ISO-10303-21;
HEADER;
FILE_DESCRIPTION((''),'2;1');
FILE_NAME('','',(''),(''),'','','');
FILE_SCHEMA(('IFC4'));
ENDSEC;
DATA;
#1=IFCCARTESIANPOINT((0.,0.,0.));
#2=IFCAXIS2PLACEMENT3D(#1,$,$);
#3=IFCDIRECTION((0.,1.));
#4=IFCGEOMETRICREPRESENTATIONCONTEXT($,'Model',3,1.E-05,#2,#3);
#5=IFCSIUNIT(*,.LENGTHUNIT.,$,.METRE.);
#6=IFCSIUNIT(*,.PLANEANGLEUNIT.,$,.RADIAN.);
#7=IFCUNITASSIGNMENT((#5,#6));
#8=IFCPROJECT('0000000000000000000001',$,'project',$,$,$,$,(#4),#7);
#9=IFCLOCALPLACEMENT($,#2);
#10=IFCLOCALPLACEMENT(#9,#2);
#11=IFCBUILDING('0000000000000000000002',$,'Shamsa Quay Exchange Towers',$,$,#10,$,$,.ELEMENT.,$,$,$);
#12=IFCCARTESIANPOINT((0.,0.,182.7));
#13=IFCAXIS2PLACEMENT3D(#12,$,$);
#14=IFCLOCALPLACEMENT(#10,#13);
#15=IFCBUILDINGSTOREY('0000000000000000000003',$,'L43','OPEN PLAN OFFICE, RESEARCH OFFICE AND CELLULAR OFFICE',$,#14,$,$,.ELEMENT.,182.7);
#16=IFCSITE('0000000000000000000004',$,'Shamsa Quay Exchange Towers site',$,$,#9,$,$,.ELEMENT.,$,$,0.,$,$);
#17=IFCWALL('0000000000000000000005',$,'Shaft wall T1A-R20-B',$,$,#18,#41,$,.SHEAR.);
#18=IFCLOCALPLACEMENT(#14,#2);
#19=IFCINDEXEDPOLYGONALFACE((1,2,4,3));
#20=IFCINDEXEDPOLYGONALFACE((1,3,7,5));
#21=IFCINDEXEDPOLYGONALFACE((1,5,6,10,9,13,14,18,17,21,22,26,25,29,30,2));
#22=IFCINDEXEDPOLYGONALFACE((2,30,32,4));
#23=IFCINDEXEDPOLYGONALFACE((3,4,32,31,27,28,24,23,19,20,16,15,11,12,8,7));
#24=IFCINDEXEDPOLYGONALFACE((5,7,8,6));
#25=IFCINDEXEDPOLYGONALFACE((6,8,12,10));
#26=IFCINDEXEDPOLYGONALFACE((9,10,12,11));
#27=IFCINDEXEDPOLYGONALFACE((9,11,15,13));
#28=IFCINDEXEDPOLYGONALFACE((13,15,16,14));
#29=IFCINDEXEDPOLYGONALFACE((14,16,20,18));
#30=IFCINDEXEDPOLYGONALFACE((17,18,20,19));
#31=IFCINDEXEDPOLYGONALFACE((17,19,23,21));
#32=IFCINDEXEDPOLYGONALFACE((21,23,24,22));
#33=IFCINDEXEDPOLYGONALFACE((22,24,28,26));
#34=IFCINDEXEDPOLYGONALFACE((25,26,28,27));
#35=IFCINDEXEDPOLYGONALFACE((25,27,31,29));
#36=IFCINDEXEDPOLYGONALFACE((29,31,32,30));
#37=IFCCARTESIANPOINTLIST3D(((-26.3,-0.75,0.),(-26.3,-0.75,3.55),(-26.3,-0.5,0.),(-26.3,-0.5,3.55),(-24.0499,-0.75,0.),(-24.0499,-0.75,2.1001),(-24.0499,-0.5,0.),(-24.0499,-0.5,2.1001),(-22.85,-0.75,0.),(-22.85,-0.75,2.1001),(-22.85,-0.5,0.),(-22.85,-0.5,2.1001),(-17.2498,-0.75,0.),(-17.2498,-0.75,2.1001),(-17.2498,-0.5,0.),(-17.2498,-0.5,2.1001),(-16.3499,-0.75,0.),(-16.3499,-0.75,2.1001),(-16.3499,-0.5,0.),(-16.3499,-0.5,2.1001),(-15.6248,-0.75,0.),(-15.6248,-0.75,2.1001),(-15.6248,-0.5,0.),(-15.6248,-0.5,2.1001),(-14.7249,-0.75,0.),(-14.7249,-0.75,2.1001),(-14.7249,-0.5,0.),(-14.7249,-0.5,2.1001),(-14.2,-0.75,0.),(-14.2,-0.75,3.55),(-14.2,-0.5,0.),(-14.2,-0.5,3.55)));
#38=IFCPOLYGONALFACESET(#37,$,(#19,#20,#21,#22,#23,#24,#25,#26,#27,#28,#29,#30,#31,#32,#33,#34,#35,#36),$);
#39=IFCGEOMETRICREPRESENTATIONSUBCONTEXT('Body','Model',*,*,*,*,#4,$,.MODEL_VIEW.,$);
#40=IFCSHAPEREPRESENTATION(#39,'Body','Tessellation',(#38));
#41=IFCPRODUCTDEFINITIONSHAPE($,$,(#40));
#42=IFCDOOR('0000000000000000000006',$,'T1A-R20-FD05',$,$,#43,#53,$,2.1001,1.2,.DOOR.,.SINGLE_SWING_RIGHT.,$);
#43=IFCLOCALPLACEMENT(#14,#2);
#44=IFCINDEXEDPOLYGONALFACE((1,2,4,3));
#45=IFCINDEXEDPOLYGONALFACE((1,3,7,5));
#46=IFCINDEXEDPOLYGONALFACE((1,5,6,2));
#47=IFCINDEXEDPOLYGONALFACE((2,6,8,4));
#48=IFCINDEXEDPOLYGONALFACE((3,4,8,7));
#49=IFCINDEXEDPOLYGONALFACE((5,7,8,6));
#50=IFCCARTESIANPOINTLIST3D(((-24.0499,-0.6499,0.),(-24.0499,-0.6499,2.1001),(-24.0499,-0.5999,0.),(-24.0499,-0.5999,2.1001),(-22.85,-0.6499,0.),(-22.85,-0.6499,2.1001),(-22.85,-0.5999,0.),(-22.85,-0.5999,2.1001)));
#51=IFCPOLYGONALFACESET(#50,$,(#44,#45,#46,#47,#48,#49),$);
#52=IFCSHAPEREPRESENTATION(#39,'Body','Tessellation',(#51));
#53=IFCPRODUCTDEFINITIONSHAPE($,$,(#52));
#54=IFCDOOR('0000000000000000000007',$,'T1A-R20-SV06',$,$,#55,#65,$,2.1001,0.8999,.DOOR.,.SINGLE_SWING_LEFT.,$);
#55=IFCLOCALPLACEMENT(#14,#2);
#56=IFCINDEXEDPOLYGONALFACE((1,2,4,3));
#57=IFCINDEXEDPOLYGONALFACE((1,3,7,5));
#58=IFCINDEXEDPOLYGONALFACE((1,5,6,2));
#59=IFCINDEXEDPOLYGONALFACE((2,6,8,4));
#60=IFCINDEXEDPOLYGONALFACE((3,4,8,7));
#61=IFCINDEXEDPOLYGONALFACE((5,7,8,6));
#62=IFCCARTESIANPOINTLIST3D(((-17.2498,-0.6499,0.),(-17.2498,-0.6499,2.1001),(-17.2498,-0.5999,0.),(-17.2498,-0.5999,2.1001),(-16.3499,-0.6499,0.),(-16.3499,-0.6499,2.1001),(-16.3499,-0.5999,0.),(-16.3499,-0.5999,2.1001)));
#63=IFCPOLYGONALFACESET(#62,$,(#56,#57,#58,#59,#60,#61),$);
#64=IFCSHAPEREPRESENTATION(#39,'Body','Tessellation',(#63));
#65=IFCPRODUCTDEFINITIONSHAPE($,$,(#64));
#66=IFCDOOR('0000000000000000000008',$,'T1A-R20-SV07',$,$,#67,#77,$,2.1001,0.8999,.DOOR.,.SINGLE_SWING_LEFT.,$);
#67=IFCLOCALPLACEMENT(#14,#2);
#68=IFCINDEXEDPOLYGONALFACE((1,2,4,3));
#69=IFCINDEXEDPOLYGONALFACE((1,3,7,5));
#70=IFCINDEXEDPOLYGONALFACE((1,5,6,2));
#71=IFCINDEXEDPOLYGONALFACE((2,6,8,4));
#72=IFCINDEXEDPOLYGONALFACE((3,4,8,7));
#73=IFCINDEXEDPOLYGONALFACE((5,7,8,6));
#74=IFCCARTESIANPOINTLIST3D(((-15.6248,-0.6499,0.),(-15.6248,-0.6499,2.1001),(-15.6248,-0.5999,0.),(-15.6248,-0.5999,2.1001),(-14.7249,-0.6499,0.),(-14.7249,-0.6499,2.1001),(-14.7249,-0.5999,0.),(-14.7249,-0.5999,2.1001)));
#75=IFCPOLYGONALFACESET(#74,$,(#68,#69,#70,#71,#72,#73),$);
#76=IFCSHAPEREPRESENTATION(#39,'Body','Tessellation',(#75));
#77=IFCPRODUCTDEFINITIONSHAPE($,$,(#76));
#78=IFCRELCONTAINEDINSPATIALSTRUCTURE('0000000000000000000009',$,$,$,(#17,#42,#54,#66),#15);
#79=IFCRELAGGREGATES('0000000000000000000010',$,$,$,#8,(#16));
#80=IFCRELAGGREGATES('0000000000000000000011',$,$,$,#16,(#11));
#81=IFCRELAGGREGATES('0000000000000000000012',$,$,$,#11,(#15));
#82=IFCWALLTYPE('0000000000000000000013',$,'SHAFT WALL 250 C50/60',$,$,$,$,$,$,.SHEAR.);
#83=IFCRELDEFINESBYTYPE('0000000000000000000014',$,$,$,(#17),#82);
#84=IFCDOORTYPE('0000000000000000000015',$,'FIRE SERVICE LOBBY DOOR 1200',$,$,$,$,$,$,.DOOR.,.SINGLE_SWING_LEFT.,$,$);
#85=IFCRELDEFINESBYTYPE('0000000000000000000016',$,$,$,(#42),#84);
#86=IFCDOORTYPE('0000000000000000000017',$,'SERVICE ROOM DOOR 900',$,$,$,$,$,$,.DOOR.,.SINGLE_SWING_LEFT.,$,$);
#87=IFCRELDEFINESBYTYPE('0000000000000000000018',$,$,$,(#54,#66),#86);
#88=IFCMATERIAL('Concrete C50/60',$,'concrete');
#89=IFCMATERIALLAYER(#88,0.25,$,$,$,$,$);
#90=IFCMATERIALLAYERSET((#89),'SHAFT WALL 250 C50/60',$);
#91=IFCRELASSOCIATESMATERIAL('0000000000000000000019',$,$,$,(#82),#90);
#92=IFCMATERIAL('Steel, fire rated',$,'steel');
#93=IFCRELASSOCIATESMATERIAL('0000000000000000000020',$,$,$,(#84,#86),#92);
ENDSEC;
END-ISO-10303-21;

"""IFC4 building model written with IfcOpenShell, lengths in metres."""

from ifc_helpers import new_model, si_unit, direction, frame, frame_2d, origin, place, context, subcontext, project, spatial, rectangle, extrude, material, layer, layer_set, type_object, element, fill, save


model = new_model("IFC4")

# Units and contexts
model_context = context("Model", 3, precision=1e-05, world=origin(), true_north=direction((0.0, 1.0)))
body_context = subcontext(model_context, "Body", "Model", "MODEL_VIEW")
ifc_project = project(units=[si_unit("LENGTHUNIT", "METRE"), si_unit("PLANEANGLEUNIT", "RADIAN")], contexts=[model_context])

# Site, building, storey
site_placement = place(None, origin())
site = spatial("IfcSite", under=ifc_project, at=site_placement, Name="Shamsa Quay Exchange Towers site", CompositionType="ELEMENT", RefElevation=0.0)
building_placement = place(site_placement, origin())
building = spatial("IfcBuilding", under=site, at=building_placement, Name="Shamsa Quay Exchange Towers", CompositionType="ELEMENT")
storey_placement = place(building_placement, frame((0.0, 0.0, 182.7)))
storey = spatial("IfcBuildingStorey", under=building, at=storey_placement, Name="L43", Description="OPEN PLAN OFFICE, RESEARCH OFFICE AND CELLULAR OFFICE", CompositionType="ELEMENT", Elevation=182.7)

# Shared definitions
ifc_material_1 = material(Name="Concrete C50/60", Category="concrete")
ifc_layer_1 = layer(ifc_material_1, 0.25)
ifc_layer_set_1 = layer_set([ifc_layer_1], Name="SHAFT WALL 250 C50/60")
wall_type_1 = type_object("IfcWallType", Name="SHAFT WALL 250 C50/60", PredefinedType="SHEAR", material=ifc_layer_set_1)
ifc_material_2 = material(Name="Steel, fire rated", Category="steel")

# Wall, openings, doors
wall_1_placement = place(storey_placement, frame((-14.2, -0.625, 0.0), z_axis=(0.0, 0.0, 1.0), x_axis=(-1.0, 0.0, 0.0)))
wall_1 = element("IfcWall", 1, at=wall_1_placement, inside=storey, type_object=wall_type_1, Name="Shaft wall T1A-R20-B", PredefinedType="SHEAR", context=body_context, shape_type="SweptSolid", body=[
    extrude(rectangle(XDim=12.1001, YDim=0.25, at=frame_2d((6.05, 0.0))), origin(), (0.0, 0.0, 1.0), 3.55),
])
opening_1_placement = place(wall_1_placement, frame((8.6499, 0.0, 0.0)))
opening_1 = element("IfcOpeningElement", 2, at=opening_1_placement, cuts=wall_1, PredefinedType="OPENING", context=body_context, shape_type="SweptSolid", body=[
    extrude(rectangle(XDim=1.2, YDim=2.1001, at=frame_2d((0.6001, 1.05))), frame((0.0, 0.135, 0.0), z_axis=(0.0, -1.0, 0.0), x_axis=(1.0, 0.0, 0.0)), (0.0, 0.0, 1.0), 0.27),
])
opening_2_placement = place(wall_1_placement, frame((2.1499, 0.0, 0.0)))
opening_2 = element("IfcOpeningElement", 3, at=opening_2_placement, cuts=wall_1, PredefinedType="OPENING", context=body_context, shape_type="SweptSolid", body=[
    extrude(rectangle(XDim=0.8999, YDim=2.1001, at=frame_2d((0.45, 1.05))), frame((0.0, 0.135, 0.0), z_axis=(0.0, -1.0, 0.0), x_axis=(1.0, 0.0, 0.0)), (0.0, 0.0, 1.0), 0.27),
])
opening_3_placement = place(wall_1_placement, frame((0.5249, 0.0, 0.0)))
opening_3 = element("IfcOpeningElement", 4, at=opening_3_placement, cuts=wall_1, PredefinedType="OPENING", context=body_context, shape_type="SweptSolid", body=[
    extrude(rectangle(XDim=0.8999, YDim=2.1001, at=frame_2d((0.45, 1.05))), frame((0.0, 0.135, 0.0), z_axis=(0.0, -1.0, 0.0), x_axis=(1.0, 0.0, 0.0)), (0.0, 0.0, 1.0), 0.27),
])
door_type_1 = type_object("IfcDoorType", Name="FIRE SERVICE LOBBY DOOR 1200", OperationType="SINGLE_SWING_LEFT", PredefinedType="DOOR", material=ifc_material_2)
door_1_placement = place(opening_1_placement, origin())
door_1 = element("IfcDoor", 5, at=door_1_placement, inside=storey, type_object=door_type_1, Name="T1A-R20-FD05", OperationType="SINGLE_SWING_RIGHT", OverallHeight=2.1001, OverallWidth=1.2, PredefinedType="DOOR", context=body_context, shape_type="SweptSolid", body=[
    extrude(rectangle(XDim=1.2, YDim=2.1001, at=frame_2d((0.6001, 1.05))), frame((0.0, 0.0249, 0.0), z_axis=(0.0, -1.0, 0.0), x_axis=(1.0, 0.0, 0.0)), (0.0, 0.0, 1.0), 0.05),
])
fill(opening_1, door_1)
door_type_2 = type_object("IfcDoorType", Name="SERVICE ROOM DOOR 900", OperationType="SINGLE_SWING_LEFT", PredefinedType="DOOR", material=ifc_material_2)
door_2_placement = place(opening_2_placement, origin())
door_2 = element("IfcDoor", 6, at=door_2_placement, inside=storey, type_object=door_type_2, Name="T1A-R20-SV06", OperationType="SINGLE_SWING_LEFT", OverallHeight=2.1001, OverallWidth=0.8999, PredefinedType="DOOR", context=body_context, shape_type="SweptSolid", body=[
    extrude(rectangle(XDim=0.8999, YDim=2.1001, at=frame_2d((0.45, 1.05))), frame((0.0, 0.0249, 0.0), z_axis=(0.0, -1.0, 0.0), x_axis=(1.0, 0.0, 0.0)), (0.0, 0.0, 1.0), 0.05),
])
fill(opening_2, door_2)
door_3_placement = place(opening_3_placement, origin())
door_3 = element("IfcDoor", 7, at=door_3_placement, inside=storey, type_object=door_type_2, Name="T1A-R20-SV07", OperationType="SINGLE_SWING_LEFT", OverallHeight=2.1001, OverallWidth=0.8999, PredefinedType="DOOR", context=body_context, shape_type="SweptSolid", body=[
    extrude(rectangle(XDim=0.8999, YDim=2.1001, at=frame_2d((0.45, 1.05))), frame((0.0, 0.0249, 0.0), z_axis=(0.0, -1.0, 0.0), x_axis=(1.0, 0.0, 0.0)), (0.0, 0.0, 1.0), 0.05),
])
fill(opening_3, door_3)

save(model, "model.ifc")
